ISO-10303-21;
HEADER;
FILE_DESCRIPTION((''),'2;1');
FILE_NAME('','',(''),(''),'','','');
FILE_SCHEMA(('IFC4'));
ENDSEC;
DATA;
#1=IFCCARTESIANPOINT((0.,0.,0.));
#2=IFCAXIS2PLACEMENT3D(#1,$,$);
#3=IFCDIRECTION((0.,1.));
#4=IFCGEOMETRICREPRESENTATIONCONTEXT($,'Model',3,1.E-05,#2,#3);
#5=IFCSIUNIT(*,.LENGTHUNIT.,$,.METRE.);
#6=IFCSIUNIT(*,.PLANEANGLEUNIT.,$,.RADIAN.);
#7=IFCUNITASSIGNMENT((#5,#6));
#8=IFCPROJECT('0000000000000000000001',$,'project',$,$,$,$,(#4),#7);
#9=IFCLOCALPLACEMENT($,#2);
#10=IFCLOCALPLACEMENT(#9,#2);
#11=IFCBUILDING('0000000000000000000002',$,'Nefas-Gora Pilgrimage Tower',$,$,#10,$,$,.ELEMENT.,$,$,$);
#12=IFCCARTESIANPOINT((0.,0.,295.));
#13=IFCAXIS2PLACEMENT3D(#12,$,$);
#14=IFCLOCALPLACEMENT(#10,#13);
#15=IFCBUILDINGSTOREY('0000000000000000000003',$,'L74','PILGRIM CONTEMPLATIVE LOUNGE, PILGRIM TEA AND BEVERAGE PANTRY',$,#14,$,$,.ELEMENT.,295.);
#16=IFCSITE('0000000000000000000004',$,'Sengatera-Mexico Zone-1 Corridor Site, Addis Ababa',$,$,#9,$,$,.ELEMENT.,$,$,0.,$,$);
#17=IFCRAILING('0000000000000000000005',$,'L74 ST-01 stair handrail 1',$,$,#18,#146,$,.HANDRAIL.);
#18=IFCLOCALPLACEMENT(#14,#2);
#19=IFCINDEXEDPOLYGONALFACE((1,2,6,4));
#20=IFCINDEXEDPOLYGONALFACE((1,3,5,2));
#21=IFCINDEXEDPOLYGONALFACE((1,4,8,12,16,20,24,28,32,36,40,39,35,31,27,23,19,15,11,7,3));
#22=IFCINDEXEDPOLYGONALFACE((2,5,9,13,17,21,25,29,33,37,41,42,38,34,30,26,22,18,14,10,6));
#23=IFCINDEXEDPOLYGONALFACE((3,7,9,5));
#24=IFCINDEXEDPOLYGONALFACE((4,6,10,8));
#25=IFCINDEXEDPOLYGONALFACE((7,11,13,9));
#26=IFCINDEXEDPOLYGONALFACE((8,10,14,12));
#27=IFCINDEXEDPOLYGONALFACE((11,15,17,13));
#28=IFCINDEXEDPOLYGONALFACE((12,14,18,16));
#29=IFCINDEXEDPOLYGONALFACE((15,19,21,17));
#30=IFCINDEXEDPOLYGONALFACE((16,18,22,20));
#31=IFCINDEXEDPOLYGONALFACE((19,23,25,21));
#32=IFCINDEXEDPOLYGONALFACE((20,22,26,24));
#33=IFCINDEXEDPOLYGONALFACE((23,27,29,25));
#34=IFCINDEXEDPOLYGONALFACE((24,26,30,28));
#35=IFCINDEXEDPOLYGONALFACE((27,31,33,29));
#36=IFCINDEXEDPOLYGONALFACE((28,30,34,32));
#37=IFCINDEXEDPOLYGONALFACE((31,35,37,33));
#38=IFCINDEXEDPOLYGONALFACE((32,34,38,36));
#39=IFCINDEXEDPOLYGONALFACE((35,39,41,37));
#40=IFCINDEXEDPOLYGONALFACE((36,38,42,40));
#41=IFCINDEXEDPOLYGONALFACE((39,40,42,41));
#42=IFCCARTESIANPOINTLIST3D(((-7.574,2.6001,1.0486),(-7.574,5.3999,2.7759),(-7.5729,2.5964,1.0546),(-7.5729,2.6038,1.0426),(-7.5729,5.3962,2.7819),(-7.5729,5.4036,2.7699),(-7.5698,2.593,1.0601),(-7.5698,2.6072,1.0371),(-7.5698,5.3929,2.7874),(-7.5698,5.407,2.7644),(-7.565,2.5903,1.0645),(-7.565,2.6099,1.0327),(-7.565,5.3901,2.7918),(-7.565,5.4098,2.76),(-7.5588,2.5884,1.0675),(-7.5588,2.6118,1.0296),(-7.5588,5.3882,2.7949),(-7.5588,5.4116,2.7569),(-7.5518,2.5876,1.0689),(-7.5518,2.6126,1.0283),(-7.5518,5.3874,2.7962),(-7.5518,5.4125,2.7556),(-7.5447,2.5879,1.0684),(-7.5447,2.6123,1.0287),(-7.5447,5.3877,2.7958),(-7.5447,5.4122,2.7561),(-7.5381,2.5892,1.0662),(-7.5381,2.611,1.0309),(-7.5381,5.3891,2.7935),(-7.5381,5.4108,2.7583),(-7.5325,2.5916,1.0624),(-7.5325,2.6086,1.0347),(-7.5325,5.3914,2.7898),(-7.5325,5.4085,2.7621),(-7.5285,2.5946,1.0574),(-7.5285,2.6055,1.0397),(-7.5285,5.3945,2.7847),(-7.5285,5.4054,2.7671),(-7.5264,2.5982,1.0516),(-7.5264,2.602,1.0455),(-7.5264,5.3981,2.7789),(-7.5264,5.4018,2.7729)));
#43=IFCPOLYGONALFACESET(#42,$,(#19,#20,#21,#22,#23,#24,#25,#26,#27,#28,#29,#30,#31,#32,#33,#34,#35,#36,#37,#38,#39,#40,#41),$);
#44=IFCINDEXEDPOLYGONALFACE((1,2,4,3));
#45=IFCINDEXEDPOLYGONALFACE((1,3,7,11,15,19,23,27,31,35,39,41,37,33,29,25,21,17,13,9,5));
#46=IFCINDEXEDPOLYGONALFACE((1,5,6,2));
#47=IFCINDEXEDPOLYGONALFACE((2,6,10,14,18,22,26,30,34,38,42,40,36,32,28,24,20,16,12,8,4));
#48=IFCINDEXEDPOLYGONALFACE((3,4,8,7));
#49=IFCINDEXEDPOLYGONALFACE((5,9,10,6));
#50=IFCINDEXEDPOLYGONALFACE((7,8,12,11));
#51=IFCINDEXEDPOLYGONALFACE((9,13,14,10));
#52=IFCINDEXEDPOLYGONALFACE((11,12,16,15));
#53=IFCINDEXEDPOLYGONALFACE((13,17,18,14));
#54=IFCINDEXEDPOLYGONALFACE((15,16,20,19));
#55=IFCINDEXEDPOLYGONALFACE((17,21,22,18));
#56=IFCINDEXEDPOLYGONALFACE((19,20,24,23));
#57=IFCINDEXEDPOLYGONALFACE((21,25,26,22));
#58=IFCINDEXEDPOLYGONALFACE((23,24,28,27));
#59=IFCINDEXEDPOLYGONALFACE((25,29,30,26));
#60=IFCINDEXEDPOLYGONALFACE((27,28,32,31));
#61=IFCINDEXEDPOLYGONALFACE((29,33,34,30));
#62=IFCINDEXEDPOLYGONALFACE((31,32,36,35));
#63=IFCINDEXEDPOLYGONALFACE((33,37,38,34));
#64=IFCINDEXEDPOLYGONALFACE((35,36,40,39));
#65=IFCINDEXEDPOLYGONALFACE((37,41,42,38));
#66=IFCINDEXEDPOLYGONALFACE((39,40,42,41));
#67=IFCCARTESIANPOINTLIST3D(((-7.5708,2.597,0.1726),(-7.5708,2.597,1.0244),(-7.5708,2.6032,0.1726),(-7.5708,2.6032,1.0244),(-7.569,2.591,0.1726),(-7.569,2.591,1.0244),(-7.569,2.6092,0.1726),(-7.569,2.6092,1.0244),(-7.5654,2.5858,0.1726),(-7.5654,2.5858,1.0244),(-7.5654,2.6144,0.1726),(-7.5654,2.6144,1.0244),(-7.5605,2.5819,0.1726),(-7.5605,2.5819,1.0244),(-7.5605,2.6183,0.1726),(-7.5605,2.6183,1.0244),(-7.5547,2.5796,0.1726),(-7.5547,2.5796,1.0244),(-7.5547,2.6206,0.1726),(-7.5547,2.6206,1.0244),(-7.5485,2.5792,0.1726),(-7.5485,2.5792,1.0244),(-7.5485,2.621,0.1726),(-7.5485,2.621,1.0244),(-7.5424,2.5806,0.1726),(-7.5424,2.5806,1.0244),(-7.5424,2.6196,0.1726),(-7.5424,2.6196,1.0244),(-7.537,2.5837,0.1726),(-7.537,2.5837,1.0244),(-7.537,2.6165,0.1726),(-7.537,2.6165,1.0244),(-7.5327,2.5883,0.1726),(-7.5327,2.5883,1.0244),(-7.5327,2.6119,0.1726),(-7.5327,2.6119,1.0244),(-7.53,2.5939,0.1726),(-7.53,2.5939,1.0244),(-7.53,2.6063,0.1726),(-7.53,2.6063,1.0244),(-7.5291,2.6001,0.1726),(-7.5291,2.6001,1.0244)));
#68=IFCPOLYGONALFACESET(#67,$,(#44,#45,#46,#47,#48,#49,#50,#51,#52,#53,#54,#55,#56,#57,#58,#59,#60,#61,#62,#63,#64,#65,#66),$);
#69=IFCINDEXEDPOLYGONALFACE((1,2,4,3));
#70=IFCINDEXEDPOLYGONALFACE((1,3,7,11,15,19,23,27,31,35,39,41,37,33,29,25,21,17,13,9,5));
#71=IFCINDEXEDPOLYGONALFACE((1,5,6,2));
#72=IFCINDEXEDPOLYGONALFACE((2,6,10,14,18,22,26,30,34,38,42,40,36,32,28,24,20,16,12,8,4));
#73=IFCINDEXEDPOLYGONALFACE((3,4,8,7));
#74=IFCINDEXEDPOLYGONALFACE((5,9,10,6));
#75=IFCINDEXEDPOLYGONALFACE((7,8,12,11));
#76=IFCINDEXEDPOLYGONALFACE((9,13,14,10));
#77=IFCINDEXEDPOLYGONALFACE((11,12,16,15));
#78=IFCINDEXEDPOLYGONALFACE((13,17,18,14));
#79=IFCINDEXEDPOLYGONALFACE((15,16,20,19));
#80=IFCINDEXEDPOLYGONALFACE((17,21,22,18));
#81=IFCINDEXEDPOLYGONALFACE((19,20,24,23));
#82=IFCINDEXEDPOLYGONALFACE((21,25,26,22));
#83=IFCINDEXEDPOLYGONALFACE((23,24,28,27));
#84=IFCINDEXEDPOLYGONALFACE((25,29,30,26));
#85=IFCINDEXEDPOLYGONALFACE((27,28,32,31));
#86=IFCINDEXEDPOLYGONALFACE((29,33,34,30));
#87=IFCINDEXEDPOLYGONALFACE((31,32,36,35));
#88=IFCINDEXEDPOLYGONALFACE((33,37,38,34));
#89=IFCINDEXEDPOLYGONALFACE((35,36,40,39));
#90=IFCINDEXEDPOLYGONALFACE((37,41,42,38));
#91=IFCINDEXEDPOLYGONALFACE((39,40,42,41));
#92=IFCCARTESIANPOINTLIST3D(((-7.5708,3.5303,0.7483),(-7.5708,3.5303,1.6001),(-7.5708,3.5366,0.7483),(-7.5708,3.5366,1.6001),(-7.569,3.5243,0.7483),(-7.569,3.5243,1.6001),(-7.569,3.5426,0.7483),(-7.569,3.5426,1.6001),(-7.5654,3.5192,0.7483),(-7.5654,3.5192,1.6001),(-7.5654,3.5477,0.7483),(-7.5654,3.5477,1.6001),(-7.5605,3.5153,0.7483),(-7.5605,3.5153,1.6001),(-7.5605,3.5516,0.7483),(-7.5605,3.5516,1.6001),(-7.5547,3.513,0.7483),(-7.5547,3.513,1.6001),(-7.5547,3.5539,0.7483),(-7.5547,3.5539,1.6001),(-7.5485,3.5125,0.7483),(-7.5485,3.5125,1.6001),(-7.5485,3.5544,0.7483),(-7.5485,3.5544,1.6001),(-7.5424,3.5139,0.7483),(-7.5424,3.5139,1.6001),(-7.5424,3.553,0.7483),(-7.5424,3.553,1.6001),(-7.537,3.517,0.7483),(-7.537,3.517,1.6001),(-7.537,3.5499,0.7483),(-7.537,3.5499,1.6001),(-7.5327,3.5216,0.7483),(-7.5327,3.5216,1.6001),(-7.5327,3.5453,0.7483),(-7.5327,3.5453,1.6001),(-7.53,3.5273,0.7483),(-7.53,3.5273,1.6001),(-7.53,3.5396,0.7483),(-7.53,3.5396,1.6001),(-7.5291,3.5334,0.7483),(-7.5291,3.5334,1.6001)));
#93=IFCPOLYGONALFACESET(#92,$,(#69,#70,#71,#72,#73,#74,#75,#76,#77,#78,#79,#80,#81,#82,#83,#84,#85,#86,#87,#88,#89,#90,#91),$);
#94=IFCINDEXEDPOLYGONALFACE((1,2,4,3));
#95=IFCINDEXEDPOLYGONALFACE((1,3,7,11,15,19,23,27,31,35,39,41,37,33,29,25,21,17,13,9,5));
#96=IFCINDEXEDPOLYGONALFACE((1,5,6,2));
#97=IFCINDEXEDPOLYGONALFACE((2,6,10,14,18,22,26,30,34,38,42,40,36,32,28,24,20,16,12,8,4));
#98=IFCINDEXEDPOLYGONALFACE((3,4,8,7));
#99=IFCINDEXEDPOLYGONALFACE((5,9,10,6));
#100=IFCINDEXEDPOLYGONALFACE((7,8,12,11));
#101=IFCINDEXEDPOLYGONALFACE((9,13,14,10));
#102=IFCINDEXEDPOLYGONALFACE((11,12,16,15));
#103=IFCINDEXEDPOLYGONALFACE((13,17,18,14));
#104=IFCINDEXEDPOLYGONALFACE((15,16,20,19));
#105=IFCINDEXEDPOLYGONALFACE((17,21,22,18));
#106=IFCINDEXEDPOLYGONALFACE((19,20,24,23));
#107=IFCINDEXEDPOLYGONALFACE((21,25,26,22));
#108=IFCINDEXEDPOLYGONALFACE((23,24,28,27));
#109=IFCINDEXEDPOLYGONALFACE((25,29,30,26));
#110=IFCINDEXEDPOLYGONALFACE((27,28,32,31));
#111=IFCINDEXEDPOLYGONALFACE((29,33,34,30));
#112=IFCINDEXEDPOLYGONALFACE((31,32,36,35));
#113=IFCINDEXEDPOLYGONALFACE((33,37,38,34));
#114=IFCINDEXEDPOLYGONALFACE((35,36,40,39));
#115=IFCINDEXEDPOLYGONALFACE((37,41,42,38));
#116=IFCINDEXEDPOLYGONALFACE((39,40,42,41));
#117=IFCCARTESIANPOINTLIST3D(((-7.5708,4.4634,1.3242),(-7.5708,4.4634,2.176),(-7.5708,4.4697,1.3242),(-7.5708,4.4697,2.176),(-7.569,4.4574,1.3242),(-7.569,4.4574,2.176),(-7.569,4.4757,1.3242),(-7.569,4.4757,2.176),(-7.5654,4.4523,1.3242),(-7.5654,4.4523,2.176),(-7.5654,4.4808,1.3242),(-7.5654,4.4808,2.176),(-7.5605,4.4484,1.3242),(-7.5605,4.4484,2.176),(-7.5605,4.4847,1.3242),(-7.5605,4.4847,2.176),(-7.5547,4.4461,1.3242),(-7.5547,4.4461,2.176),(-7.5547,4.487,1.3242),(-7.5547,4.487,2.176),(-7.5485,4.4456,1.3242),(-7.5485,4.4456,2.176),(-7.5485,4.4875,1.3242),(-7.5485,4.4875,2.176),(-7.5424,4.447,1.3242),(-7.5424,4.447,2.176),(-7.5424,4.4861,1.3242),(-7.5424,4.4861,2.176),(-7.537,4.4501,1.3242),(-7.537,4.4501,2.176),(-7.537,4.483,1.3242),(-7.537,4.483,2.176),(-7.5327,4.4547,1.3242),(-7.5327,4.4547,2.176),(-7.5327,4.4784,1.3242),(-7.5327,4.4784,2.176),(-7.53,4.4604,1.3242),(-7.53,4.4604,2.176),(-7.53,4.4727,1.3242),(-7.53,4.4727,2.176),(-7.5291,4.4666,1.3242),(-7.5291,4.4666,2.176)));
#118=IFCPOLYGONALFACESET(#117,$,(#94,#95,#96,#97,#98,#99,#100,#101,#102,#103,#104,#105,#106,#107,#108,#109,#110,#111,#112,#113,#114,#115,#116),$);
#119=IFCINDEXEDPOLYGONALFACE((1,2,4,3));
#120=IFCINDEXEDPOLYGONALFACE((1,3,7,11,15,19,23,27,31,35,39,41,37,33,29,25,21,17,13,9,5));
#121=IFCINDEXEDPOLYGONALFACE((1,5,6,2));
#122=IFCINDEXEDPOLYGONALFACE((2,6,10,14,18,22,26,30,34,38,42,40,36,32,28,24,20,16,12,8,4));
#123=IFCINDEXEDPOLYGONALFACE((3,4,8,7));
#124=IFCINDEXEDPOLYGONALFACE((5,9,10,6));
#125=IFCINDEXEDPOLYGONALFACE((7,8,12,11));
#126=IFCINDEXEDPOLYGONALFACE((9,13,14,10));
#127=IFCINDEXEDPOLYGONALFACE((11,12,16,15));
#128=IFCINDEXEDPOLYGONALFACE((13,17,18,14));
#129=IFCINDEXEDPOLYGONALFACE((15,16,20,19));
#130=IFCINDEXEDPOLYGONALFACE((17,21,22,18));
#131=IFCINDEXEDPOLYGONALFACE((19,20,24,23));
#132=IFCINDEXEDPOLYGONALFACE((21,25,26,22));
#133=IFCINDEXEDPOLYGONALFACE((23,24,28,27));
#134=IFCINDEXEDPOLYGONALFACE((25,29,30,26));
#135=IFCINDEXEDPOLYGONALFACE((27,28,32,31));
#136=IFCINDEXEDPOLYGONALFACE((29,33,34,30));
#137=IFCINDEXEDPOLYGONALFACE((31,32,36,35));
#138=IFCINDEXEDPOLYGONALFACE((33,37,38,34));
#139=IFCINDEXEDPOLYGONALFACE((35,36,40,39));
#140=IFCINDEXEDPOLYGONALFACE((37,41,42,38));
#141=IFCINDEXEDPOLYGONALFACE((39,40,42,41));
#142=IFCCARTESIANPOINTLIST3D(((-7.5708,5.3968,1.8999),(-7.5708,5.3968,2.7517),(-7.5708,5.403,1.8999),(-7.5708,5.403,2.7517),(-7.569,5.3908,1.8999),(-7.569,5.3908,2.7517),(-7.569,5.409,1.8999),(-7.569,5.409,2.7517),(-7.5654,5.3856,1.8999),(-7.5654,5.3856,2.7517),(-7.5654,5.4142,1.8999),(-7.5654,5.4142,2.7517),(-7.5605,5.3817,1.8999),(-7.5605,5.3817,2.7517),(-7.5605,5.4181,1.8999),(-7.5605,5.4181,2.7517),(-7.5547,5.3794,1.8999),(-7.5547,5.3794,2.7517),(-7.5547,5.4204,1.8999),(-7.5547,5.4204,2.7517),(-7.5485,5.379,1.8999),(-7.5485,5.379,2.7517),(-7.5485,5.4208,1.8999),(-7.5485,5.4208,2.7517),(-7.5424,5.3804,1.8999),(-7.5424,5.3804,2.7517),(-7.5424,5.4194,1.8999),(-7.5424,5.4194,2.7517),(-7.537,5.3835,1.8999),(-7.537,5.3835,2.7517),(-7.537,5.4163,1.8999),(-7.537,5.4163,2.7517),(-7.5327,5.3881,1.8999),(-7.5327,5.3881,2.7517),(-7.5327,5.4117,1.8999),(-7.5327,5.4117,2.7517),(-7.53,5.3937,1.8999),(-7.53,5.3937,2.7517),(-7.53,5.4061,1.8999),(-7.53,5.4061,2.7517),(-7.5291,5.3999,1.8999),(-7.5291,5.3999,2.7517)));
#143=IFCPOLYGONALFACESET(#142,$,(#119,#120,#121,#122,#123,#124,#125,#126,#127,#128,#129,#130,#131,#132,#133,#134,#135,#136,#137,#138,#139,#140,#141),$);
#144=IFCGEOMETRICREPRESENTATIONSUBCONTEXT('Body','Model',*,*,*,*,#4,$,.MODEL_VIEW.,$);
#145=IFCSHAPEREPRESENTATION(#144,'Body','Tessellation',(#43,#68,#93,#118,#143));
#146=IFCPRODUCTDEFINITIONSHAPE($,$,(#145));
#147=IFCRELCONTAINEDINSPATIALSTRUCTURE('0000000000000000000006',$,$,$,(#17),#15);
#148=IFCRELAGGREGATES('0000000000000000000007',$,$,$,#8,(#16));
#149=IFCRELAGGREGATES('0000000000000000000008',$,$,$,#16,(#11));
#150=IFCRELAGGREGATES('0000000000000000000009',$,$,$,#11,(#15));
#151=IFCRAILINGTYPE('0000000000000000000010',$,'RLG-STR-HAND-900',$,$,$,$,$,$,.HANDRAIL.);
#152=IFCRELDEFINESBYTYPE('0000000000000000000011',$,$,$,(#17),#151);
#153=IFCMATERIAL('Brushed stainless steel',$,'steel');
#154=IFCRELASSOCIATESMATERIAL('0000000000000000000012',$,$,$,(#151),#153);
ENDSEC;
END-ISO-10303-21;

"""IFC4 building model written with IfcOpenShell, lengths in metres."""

from ifc_helpers import new_model, si_unit, direction, frame, origin, origin_2d, place, context, subcontext, project, spatial, circle, extrude, material, type_object, element, save


model = new_model("IFC4")

# Units and contexts
model_context = context("Model", 3, precision=1e-05, world=origin(), true_north=direction((0.0, 1.0)))
body_context = subcontext(model_context, "Body", "Model", "MODEL_VIEW")
ifc_project = project(units=[si_unit("LENGTHUNIT", "METRE"), si_unit("PLANEANGLEUNIT", "RADIAN")], contexts=[model_context])

# Site, building, storey
site_placement = place(None, origin())
site = spatial("IfcSite", under=ifc_project, at=site_placement, Name="Sengatera-Mexico Zone-1 Corridor Site, Addis Ababa", CompositionType="ELEMENT", RefElevation=0.0)
building_placement = place(site_placement, origin())
building = spatial("IfcBuilding", under=site, at=building_placement, Name="Nefas-Gora Pilgrimage Tower", CompositionType="ELEMENT")
storey_placement = place(building_placement, frame((0.0, 0.0, 295.0)))
storey = spatial("IfcBuildingStorey", under=building, at=storey_placement, Name="L74", Description="PILGRIM CONTEMPLATIVE LOUNGE, PILGRIM TEA AND BEVERAGE PANTRY", CompositionType="ELEMENT", Elevation=295.0)

# Railing
ifc_material_1 = material(Name="Brushed stainless steel", Category="steel")
railing_type_1 = type_object("IfcRailingType", Name="RLG-STR-HAND-900", PredefinedType="HANDRAIL", material=ifc_material_1)
railing_1_placement = place(storey_placement, frame((-7.55, 2.6001, 0.1726)))
element("IfcRailing", 1, at=railing_1_placement, inside=storey, type_object=railing_type_1, Name="L74 ST-01 stair handrail 1", PredefinedType="HANDRAIL", context=body_context, shape_type="SweptSolid", body=[
    extrude(circle(Radius=0.0239, at=origin_2d()), frame((0.0, 0.0, 0.876), z_axis=(0.0, 0.851069, 0.525054), x_axis=(-1.0, 0.0, 0.0)), (0.0, 0.0, 1.0), 3.2898),
    extrude(circle(Radius=0.021, at=origin_2d()), origin(), (0.0, 0.0, 1.0), 0.8518),
    extrude(circle(Radius=0.021, at=origin_2d()), frame((0.0, 0.9333, 0.5757)), (0.0, 0.0, 1.0), 0.8518),
    extrude(circle(Radius=0.021, at=origin_2d()), frame((0.0, 1.8665, 1.1516)), (0.0, 0.0, 1.0), 0.8518),
    extrude(circle(Radius=0.021, at=origin_2d()), frame((0.0, 2.7998, 1.7273)), (0.0, 0.0, 1.0), 0.8518),
])

save(model, "model.ifc")
